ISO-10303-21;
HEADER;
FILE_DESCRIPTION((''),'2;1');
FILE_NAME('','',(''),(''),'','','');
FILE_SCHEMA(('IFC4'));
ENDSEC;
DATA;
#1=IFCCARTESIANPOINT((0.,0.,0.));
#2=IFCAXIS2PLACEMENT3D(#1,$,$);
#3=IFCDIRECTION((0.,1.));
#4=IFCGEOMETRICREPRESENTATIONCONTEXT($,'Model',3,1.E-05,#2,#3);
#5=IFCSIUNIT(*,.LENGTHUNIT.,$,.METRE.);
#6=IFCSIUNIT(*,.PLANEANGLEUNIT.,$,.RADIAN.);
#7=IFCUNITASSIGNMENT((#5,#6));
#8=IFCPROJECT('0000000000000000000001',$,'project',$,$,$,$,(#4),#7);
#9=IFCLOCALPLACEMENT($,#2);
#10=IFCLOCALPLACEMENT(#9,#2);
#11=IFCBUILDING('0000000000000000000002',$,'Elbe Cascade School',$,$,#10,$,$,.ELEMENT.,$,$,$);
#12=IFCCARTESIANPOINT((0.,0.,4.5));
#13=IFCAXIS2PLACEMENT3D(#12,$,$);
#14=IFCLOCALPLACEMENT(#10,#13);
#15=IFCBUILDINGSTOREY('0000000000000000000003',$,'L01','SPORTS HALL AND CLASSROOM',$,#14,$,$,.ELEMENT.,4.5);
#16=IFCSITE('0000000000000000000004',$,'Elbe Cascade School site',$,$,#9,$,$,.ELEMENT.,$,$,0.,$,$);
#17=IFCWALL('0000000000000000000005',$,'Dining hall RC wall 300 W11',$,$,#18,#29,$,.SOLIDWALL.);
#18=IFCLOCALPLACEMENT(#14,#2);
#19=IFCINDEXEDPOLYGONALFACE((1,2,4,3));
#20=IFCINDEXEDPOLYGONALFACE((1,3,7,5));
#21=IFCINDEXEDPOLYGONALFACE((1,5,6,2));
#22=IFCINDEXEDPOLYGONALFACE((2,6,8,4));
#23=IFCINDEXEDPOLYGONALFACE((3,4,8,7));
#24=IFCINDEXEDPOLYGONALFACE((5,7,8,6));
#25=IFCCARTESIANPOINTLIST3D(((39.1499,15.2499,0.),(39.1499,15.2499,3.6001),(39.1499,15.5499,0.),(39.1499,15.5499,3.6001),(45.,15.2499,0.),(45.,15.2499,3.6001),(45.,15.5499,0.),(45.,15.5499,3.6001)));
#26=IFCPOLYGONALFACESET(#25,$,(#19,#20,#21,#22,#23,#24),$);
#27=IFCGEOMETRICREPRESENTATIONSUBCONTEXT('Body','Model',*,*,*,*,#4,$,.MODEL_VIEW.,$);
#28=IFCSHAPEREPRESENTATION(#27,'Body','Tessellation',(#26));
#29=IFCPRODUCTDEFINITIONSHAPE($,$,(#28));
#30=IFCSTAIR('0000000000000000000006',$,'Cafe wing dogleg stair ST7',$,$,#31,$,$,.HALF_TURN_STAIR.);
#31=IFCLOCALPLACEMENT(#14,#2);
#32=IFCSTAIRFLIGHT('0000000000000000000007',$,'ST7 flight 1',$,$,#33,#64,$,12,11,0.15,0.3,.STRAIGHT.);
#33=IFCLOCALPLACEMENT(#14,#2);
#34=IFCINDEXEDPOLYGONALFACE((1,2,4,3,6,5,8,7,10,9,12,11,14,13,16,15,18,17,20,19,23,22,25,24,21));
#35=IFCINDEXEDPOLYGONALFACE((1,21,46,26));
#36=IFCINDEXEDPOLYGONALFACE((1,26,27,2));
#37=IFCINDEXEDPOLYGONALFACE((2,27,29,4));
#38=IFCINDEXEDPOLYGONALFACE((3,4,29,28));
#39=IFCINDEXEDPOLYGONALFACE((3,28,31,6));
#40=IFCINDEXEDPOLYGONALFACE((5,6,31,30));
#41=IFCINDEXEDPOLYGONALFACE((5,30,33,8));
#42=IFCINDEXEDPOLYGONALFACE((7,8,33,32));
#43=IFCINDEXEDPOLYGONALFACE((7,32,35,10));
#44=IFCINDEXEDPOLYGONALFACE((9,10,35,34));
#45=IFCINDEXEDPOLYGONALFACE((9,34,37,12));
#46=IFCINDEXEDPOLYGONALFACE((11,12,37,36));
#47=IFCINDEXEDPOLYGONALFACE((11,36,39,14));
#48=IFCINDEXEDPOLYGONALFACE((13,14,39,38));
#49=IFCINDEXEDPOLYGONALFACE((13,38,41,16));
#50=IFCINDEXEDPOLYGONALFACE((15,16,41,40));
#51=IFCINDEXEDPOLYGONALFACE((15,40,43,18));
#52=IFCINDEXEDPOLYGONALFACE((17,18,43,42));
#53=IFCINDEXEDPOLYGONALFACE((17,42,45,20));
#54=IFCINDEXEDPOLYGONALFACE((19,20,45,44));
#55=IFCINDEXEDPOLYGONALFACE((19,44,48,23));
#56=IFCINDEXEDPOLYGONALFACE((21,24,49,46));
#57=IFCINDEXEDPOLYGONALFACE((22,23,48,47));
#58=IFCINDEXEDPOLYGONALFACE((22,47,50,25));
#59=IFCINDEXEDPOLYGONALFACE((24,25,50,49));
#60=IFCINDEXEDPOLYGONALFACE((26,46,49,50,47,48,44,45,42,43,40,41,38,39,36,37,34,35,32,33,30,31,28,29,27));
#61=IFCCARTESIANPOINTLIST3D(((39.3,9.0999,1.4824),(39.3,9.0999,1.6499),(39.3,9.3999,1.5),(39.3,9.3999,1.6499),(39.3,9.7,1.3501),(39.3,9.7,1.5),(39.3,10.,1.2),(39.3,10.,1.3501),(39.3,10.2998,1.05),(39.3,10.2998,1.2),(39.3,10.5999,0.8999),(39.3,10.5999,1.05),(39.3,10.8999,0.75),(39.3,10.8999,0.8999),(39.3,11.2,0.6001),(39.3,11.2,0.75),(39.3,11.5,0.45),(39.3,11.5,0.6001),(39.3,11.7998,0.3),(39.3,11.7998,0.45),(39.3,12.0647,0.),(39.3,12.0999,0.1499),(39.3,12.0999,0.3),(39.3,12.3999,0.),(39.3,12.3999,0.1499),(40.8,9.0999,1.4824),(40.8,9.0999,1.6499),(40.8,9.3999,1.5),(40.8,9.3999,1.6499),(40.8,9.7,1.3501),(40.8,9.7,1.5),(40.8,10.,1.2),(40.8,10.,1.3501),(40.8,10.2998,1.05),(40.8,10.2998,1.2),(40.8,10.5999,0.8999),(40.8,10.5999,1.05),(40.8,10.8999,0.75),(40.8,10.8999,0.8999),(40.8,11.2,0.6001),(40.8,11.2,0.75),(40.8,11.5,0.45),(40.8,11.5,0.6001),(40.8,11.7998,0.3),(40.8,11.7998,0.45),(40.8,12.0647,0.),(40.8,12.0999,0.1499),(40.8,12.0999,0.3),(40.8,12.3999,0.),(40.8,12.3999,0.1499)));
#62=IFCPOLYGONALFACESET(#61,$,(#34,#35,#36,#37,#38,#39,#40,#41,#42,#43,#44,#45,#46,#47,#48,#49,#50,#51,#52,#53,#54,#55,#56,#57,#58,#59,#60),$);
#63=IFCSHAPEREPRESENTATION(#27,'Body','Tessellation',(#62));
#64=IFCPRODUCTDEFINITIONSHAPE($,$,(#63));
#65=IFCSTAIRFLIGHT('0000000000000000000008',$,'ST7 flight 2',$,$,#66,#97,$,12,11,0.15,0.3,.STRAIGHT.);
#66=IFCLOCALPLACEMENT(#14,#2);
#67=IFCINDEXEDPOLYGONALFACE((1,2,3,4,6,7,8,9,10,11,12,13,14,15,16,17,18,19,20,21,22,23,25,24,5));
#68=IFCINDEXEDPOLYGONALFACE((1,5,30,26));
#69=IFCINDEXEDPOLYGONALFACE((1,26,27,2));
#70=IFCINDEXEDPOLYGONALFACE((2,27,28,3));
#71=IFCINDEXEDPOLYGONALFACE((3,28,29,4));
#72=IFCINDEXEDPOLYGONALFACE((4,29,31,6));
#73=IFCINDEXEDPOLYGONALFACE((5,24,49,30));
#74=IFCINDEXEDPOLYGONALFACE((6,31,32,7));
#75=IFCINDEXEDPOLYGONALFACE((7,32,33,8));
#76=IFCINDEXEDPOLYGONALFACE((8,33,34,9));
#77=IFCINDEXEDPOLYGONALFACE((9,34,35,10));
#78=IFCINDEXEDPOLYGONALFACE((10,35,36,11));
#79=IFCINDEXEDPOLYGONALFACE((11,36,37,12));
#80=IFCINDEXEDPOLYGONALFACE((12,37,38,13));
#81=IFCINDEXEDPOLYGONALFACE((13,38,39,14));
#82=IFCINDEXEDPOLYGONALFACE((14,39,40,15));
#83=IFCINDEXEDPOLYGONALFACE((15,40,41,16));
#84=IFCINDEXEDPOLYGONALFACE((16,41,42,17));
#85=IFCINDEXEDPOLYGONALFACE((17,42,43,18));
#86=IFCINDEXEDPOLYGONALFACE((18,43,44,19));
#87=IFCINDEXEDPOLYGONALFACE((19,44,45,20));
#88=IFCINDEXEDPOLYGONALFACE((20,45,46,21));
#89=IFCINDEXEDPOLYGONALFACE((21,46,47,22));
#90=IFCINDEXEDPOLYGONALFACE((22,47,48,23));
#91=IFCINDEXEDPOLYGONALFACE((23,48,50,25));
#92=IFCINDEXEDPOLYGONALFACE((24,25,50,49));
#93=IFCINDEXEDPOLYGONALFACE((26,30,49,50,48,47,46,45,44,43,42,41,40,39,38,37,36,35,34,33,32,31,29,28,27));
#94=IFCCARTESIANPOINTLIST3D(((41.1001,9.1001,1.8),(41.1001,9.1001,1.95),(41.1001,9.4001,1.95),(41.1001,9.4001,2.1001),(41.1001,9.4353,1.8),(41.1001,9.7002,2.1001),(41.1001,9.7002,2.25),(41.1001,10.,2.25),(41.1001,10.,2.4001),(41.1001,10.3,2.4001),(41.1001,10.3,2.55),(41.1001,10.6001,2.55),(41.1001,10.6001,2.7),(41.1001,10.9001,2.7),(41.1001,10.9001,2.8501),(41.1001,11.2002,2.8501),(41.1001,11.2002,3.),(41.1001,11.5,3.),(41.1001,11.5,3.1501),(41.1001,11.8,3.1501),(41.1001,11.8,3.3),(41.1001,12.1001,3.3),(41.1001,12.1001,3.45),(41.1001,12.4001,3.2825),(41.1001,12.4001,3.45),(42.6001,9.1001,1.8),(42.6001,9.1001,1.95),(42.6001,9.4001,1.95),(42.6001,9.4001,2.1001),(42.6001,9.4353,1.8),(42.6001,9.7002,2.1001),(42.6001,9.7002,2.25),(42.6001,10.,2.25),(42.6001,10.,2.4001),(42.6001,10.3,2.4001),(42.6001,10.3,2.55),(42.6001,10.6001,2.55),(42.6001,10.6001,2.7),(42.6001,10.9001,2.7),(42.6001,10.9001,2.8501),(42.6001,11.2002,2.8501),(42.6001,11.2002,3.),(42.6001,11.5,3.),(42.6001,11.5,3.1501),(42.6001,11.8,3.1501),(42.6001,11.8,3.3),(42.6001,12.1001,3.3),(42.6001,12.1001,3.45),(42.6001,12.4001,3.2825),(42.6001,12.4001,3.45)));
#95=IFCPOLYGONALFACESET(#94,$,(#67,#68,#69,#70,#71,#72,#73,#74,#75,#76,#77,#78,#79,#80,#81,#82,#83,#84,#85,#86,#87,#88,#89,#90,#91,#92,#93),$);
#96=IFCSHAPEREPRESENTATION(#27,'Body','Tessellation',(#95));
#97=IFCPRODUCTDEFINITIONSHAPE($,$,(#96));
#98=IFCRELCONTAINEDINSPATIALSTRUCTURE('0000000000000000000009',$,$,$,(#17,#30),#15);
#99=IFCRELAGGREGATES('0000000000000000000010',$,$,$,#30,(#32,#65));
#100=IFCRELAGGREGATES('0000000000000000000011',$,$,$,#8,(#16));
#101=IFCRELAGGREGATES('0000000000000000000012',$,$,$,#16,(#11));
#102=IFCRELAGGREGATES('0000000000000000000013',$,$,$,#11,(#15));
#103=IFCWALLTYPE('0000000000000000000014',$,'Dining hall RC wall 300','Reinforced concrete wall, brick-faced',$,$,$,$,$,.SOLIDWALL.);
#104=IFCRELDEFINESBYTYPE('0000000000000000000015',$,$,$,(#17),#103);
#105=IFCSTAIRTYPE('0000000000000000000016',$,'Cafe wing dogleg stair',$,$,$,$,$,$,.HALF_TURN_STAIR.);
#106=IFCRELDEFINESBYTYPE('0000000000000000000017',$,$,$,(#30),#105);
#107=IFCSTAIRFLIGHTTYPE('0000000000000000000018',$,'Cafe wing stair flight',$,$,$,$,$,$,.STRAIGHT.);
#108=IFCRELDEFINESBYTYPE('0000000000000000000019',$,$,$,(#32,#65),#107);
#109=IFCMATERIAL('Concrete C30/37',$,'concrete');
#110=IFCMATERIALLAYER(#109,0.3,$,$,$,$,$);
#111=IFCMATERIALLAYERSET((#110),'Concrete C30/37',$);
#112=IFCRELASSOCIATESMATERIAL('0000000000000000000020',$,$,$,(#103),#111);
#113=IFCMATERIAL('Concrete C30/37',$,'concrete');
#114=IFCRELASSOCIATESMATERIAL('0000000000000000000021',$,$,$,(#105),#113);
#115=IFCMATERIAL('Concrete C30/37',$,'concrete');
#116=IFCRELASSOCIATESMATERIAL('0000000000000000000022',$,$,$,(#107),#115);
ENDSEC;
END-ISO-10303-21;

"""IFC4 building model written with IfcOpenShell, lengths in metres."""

from ifc_helpers import new_model, si_unit, direction, frame, frame_2d, origin, place, context, subcontext, project, spatial, polyline, rectangle, outline, extrude, material, layer, layer_set, type_object, element, aggregate, save


model = new_model("IFC4")

# Units and contexts
model_context = context("Model", 3, precision=1e-05, world=origin(), true_north=direction((0.0, 1.0)))
body_context = subcontext(model_context, "Body", "Model", "MODEL_VIEW")
ifc_project = project(units=[si_unit("LENGTHUNIT", "METRE"), si_unit("PLANEANGLEUNIT", "RADIAN")], contexts=[model_context])

# Site, building, storey
site_placement = place(None, origin())
site = spatial("IfcSite", under=ifc_project, at=site_placement, Name="Elbe Cascade School site", CompositionType="ELEMENT", RefElevation=0.0)
building_placement = place(site_placement, origin())
building = spatial("IfcBuilding", under=site, at=building_placement, Name="Elbe Cascade School", CompositionType="ELEMENT")
storey_placement = place(building_placement, frame((0.0, 0.0, 4.5)))
storey = spatial("IfcBuildingStorey", under=building, at=storey_placement, Name="L01", Description="SPORTS HALL AND CLASSROOM", CompositionType="ELEMENT", Elevation=4.5)

# Wall
ifc_material_1 = material(Name="Concrete C30/37", Category="concrete")
ifc_layer_1 = layer(ifc_material_1, 0.3)
ifc_layer_set_1 = layer_set([ifc_layer_1], Name="Concrete C30/37")
wall_type_1 = type_object("IfcWallType", Name="Dining hall RC wall 300", Description="Reinforced concrete wall, brick-faced", PredefinedType="SOLIDWALL", material=ifc_layer_set_1)
wall_1_placement = place(storey_placement, frame((45.0, 15.3999, 0.0), z_axis=(0.0, 0.0, 1.0), x_axis=(-1.0, 0.0, 0.0)))
element("IfcWall", 1, at=wall_1_placement, inside=storey, type_object=wall_type_1, Name="Dining hall RC wall 300 W11", PredefinedType="SOLIDWALL", context=body_context, shape_type="SweptSolid", body=[
    extrude(rectangle(XDim=5.8501, YDim=0.3, at=frame_2d((2.925, 0.0))), origin(), (0.0, 0.0, 1.0), 3.6001),
])

# Stair, stair flights
ifc_material_2 = material(Name="Concrete C30/37", Category="concrete")
stair_type = type_object("IfcStairType", Name="Cafe wing dogleg stair", PredefinedType="HALF_TURN_STAIR", material=ifc_material_2)
stair_placement = place(storey_placement, origin())
stair = element("IfcStair", 2, at=stair_placement, inside=storey, type_object=stair_type, Name="Cafe wing dogleg stair ST7", PredefinedType="HALF_TURN_STAIR")
ifc_material_3 = material(Name="Concrete C30/37", Category="concrete")
stair_flight_type = type_object("IfcStairFlightType", Name="Cafe wing stair flight", PredefinedType="STRAIGHT", material=ifc_material_3)
stair_flight_1_placement = place(storey_placement, frame((40.05, 12.3999, 0.0), z_axis=(0.0, 0.0, 1.0), x_axis=(0.0, -1.0, 0.0)))
stair_flight_1 = element("IfcStairFlight", 3, at=stair_flight_1_placement, type_object=stair_flight_type, Name="ST7 flight 1", NumberOfRisers=12, NumberOfTreads=11, PredefinedType="STRAIGHT", RiserHeight=0.15, TreadLength=0.3, context=body_context, shape_type="SweptSolid", body=[
    extrude(outline(polyline([(0.0, 0.0), (0.0, 0.1499), (0.3, 0.1499), (0.3, 0.3), (0.6001, 0.3), (0.6001, 0.45), (0.8999, 0.45), (0.8999, 0.6001), (1.2, 0.6001), (1.2, 0.75), (1.5, 0.75), (1.5, 0.8999), (1.8, 0.8999), (1.8, 1.05), (2.1001, 1.05), (2.1001, 1.2), (2.3999, 1.2), (2.3999, 1.3501), (2.7, 1.3501), (2.7, 1.5), (3.0, 1.5), (3.0, 1.6499), (3.3, 1.6499), (3.3, 1.8), (3.3, 1.4824), (0.3352, 0.0), (0.0, 0.0)])), frame((0.0, 0.75, 0.0), z_axis=(0.0, -1.0, 0.0), x_axis=(1.0, 0.0, 0.0)), (0.0, 0.0, 1.0), 1.5),
])
stair_flight_2_placement = place(storey_placement, frame((41.8501, 9.1001, 1.8), z_axis=(0.0, 0.0, 1.0), x_axis=(0.0, 1.0, 0.0)))
stair_flight_2 = element("IfcStairFlight", 4, at=stair_flight_2_placement, type_object=stair_flight_type, Name="ST7 flight 2", NumberOfRisers=12, NumberOfTreads=11, PredefinedType="STRAIGHT", RiserHeight=0.15, TreadLength=0.3, context=body_context, shape_type="SweptSolid", body=[
    extrude(outline(polyline([(0.0, 0.0), (0.0, 0.1499), (0.3, 0.1499), (0.3, 0.3), (0.6001, 0.3), (0.6001, 0.45), (0.8999, 0.45), (0.8999, 0.6001), (1.2, 0.6001), (1.2, 0.75), (1.5, 0.75), (1.5, 0.8999), (1.8, 0.8999), (1.8, 1.05), (2.1001, 1.05), (2.1001, 1.2), (2.3999, 1.2), (2.3999, 1.3501), (2.7, 1.3501), (2.7, 1.5), (3.0, 1.5), (3.0, 1.6499), (3.3, 1.6499), (3.3, 1.8), (3.3, 1.4824), (0.3352, 0.0), (0.0, 0.0)])), frame((0.0, 0.75, 0.0), z_axis=(0.0, -1.0, 0.0), x_axis=(1.0, 0.0, 0.0)), (0.0, 0.0, 1.0), 1.5),
])
aggregate(stair, [stair_flight_1, stair_flight_2])

save(model, "model.ifc")
